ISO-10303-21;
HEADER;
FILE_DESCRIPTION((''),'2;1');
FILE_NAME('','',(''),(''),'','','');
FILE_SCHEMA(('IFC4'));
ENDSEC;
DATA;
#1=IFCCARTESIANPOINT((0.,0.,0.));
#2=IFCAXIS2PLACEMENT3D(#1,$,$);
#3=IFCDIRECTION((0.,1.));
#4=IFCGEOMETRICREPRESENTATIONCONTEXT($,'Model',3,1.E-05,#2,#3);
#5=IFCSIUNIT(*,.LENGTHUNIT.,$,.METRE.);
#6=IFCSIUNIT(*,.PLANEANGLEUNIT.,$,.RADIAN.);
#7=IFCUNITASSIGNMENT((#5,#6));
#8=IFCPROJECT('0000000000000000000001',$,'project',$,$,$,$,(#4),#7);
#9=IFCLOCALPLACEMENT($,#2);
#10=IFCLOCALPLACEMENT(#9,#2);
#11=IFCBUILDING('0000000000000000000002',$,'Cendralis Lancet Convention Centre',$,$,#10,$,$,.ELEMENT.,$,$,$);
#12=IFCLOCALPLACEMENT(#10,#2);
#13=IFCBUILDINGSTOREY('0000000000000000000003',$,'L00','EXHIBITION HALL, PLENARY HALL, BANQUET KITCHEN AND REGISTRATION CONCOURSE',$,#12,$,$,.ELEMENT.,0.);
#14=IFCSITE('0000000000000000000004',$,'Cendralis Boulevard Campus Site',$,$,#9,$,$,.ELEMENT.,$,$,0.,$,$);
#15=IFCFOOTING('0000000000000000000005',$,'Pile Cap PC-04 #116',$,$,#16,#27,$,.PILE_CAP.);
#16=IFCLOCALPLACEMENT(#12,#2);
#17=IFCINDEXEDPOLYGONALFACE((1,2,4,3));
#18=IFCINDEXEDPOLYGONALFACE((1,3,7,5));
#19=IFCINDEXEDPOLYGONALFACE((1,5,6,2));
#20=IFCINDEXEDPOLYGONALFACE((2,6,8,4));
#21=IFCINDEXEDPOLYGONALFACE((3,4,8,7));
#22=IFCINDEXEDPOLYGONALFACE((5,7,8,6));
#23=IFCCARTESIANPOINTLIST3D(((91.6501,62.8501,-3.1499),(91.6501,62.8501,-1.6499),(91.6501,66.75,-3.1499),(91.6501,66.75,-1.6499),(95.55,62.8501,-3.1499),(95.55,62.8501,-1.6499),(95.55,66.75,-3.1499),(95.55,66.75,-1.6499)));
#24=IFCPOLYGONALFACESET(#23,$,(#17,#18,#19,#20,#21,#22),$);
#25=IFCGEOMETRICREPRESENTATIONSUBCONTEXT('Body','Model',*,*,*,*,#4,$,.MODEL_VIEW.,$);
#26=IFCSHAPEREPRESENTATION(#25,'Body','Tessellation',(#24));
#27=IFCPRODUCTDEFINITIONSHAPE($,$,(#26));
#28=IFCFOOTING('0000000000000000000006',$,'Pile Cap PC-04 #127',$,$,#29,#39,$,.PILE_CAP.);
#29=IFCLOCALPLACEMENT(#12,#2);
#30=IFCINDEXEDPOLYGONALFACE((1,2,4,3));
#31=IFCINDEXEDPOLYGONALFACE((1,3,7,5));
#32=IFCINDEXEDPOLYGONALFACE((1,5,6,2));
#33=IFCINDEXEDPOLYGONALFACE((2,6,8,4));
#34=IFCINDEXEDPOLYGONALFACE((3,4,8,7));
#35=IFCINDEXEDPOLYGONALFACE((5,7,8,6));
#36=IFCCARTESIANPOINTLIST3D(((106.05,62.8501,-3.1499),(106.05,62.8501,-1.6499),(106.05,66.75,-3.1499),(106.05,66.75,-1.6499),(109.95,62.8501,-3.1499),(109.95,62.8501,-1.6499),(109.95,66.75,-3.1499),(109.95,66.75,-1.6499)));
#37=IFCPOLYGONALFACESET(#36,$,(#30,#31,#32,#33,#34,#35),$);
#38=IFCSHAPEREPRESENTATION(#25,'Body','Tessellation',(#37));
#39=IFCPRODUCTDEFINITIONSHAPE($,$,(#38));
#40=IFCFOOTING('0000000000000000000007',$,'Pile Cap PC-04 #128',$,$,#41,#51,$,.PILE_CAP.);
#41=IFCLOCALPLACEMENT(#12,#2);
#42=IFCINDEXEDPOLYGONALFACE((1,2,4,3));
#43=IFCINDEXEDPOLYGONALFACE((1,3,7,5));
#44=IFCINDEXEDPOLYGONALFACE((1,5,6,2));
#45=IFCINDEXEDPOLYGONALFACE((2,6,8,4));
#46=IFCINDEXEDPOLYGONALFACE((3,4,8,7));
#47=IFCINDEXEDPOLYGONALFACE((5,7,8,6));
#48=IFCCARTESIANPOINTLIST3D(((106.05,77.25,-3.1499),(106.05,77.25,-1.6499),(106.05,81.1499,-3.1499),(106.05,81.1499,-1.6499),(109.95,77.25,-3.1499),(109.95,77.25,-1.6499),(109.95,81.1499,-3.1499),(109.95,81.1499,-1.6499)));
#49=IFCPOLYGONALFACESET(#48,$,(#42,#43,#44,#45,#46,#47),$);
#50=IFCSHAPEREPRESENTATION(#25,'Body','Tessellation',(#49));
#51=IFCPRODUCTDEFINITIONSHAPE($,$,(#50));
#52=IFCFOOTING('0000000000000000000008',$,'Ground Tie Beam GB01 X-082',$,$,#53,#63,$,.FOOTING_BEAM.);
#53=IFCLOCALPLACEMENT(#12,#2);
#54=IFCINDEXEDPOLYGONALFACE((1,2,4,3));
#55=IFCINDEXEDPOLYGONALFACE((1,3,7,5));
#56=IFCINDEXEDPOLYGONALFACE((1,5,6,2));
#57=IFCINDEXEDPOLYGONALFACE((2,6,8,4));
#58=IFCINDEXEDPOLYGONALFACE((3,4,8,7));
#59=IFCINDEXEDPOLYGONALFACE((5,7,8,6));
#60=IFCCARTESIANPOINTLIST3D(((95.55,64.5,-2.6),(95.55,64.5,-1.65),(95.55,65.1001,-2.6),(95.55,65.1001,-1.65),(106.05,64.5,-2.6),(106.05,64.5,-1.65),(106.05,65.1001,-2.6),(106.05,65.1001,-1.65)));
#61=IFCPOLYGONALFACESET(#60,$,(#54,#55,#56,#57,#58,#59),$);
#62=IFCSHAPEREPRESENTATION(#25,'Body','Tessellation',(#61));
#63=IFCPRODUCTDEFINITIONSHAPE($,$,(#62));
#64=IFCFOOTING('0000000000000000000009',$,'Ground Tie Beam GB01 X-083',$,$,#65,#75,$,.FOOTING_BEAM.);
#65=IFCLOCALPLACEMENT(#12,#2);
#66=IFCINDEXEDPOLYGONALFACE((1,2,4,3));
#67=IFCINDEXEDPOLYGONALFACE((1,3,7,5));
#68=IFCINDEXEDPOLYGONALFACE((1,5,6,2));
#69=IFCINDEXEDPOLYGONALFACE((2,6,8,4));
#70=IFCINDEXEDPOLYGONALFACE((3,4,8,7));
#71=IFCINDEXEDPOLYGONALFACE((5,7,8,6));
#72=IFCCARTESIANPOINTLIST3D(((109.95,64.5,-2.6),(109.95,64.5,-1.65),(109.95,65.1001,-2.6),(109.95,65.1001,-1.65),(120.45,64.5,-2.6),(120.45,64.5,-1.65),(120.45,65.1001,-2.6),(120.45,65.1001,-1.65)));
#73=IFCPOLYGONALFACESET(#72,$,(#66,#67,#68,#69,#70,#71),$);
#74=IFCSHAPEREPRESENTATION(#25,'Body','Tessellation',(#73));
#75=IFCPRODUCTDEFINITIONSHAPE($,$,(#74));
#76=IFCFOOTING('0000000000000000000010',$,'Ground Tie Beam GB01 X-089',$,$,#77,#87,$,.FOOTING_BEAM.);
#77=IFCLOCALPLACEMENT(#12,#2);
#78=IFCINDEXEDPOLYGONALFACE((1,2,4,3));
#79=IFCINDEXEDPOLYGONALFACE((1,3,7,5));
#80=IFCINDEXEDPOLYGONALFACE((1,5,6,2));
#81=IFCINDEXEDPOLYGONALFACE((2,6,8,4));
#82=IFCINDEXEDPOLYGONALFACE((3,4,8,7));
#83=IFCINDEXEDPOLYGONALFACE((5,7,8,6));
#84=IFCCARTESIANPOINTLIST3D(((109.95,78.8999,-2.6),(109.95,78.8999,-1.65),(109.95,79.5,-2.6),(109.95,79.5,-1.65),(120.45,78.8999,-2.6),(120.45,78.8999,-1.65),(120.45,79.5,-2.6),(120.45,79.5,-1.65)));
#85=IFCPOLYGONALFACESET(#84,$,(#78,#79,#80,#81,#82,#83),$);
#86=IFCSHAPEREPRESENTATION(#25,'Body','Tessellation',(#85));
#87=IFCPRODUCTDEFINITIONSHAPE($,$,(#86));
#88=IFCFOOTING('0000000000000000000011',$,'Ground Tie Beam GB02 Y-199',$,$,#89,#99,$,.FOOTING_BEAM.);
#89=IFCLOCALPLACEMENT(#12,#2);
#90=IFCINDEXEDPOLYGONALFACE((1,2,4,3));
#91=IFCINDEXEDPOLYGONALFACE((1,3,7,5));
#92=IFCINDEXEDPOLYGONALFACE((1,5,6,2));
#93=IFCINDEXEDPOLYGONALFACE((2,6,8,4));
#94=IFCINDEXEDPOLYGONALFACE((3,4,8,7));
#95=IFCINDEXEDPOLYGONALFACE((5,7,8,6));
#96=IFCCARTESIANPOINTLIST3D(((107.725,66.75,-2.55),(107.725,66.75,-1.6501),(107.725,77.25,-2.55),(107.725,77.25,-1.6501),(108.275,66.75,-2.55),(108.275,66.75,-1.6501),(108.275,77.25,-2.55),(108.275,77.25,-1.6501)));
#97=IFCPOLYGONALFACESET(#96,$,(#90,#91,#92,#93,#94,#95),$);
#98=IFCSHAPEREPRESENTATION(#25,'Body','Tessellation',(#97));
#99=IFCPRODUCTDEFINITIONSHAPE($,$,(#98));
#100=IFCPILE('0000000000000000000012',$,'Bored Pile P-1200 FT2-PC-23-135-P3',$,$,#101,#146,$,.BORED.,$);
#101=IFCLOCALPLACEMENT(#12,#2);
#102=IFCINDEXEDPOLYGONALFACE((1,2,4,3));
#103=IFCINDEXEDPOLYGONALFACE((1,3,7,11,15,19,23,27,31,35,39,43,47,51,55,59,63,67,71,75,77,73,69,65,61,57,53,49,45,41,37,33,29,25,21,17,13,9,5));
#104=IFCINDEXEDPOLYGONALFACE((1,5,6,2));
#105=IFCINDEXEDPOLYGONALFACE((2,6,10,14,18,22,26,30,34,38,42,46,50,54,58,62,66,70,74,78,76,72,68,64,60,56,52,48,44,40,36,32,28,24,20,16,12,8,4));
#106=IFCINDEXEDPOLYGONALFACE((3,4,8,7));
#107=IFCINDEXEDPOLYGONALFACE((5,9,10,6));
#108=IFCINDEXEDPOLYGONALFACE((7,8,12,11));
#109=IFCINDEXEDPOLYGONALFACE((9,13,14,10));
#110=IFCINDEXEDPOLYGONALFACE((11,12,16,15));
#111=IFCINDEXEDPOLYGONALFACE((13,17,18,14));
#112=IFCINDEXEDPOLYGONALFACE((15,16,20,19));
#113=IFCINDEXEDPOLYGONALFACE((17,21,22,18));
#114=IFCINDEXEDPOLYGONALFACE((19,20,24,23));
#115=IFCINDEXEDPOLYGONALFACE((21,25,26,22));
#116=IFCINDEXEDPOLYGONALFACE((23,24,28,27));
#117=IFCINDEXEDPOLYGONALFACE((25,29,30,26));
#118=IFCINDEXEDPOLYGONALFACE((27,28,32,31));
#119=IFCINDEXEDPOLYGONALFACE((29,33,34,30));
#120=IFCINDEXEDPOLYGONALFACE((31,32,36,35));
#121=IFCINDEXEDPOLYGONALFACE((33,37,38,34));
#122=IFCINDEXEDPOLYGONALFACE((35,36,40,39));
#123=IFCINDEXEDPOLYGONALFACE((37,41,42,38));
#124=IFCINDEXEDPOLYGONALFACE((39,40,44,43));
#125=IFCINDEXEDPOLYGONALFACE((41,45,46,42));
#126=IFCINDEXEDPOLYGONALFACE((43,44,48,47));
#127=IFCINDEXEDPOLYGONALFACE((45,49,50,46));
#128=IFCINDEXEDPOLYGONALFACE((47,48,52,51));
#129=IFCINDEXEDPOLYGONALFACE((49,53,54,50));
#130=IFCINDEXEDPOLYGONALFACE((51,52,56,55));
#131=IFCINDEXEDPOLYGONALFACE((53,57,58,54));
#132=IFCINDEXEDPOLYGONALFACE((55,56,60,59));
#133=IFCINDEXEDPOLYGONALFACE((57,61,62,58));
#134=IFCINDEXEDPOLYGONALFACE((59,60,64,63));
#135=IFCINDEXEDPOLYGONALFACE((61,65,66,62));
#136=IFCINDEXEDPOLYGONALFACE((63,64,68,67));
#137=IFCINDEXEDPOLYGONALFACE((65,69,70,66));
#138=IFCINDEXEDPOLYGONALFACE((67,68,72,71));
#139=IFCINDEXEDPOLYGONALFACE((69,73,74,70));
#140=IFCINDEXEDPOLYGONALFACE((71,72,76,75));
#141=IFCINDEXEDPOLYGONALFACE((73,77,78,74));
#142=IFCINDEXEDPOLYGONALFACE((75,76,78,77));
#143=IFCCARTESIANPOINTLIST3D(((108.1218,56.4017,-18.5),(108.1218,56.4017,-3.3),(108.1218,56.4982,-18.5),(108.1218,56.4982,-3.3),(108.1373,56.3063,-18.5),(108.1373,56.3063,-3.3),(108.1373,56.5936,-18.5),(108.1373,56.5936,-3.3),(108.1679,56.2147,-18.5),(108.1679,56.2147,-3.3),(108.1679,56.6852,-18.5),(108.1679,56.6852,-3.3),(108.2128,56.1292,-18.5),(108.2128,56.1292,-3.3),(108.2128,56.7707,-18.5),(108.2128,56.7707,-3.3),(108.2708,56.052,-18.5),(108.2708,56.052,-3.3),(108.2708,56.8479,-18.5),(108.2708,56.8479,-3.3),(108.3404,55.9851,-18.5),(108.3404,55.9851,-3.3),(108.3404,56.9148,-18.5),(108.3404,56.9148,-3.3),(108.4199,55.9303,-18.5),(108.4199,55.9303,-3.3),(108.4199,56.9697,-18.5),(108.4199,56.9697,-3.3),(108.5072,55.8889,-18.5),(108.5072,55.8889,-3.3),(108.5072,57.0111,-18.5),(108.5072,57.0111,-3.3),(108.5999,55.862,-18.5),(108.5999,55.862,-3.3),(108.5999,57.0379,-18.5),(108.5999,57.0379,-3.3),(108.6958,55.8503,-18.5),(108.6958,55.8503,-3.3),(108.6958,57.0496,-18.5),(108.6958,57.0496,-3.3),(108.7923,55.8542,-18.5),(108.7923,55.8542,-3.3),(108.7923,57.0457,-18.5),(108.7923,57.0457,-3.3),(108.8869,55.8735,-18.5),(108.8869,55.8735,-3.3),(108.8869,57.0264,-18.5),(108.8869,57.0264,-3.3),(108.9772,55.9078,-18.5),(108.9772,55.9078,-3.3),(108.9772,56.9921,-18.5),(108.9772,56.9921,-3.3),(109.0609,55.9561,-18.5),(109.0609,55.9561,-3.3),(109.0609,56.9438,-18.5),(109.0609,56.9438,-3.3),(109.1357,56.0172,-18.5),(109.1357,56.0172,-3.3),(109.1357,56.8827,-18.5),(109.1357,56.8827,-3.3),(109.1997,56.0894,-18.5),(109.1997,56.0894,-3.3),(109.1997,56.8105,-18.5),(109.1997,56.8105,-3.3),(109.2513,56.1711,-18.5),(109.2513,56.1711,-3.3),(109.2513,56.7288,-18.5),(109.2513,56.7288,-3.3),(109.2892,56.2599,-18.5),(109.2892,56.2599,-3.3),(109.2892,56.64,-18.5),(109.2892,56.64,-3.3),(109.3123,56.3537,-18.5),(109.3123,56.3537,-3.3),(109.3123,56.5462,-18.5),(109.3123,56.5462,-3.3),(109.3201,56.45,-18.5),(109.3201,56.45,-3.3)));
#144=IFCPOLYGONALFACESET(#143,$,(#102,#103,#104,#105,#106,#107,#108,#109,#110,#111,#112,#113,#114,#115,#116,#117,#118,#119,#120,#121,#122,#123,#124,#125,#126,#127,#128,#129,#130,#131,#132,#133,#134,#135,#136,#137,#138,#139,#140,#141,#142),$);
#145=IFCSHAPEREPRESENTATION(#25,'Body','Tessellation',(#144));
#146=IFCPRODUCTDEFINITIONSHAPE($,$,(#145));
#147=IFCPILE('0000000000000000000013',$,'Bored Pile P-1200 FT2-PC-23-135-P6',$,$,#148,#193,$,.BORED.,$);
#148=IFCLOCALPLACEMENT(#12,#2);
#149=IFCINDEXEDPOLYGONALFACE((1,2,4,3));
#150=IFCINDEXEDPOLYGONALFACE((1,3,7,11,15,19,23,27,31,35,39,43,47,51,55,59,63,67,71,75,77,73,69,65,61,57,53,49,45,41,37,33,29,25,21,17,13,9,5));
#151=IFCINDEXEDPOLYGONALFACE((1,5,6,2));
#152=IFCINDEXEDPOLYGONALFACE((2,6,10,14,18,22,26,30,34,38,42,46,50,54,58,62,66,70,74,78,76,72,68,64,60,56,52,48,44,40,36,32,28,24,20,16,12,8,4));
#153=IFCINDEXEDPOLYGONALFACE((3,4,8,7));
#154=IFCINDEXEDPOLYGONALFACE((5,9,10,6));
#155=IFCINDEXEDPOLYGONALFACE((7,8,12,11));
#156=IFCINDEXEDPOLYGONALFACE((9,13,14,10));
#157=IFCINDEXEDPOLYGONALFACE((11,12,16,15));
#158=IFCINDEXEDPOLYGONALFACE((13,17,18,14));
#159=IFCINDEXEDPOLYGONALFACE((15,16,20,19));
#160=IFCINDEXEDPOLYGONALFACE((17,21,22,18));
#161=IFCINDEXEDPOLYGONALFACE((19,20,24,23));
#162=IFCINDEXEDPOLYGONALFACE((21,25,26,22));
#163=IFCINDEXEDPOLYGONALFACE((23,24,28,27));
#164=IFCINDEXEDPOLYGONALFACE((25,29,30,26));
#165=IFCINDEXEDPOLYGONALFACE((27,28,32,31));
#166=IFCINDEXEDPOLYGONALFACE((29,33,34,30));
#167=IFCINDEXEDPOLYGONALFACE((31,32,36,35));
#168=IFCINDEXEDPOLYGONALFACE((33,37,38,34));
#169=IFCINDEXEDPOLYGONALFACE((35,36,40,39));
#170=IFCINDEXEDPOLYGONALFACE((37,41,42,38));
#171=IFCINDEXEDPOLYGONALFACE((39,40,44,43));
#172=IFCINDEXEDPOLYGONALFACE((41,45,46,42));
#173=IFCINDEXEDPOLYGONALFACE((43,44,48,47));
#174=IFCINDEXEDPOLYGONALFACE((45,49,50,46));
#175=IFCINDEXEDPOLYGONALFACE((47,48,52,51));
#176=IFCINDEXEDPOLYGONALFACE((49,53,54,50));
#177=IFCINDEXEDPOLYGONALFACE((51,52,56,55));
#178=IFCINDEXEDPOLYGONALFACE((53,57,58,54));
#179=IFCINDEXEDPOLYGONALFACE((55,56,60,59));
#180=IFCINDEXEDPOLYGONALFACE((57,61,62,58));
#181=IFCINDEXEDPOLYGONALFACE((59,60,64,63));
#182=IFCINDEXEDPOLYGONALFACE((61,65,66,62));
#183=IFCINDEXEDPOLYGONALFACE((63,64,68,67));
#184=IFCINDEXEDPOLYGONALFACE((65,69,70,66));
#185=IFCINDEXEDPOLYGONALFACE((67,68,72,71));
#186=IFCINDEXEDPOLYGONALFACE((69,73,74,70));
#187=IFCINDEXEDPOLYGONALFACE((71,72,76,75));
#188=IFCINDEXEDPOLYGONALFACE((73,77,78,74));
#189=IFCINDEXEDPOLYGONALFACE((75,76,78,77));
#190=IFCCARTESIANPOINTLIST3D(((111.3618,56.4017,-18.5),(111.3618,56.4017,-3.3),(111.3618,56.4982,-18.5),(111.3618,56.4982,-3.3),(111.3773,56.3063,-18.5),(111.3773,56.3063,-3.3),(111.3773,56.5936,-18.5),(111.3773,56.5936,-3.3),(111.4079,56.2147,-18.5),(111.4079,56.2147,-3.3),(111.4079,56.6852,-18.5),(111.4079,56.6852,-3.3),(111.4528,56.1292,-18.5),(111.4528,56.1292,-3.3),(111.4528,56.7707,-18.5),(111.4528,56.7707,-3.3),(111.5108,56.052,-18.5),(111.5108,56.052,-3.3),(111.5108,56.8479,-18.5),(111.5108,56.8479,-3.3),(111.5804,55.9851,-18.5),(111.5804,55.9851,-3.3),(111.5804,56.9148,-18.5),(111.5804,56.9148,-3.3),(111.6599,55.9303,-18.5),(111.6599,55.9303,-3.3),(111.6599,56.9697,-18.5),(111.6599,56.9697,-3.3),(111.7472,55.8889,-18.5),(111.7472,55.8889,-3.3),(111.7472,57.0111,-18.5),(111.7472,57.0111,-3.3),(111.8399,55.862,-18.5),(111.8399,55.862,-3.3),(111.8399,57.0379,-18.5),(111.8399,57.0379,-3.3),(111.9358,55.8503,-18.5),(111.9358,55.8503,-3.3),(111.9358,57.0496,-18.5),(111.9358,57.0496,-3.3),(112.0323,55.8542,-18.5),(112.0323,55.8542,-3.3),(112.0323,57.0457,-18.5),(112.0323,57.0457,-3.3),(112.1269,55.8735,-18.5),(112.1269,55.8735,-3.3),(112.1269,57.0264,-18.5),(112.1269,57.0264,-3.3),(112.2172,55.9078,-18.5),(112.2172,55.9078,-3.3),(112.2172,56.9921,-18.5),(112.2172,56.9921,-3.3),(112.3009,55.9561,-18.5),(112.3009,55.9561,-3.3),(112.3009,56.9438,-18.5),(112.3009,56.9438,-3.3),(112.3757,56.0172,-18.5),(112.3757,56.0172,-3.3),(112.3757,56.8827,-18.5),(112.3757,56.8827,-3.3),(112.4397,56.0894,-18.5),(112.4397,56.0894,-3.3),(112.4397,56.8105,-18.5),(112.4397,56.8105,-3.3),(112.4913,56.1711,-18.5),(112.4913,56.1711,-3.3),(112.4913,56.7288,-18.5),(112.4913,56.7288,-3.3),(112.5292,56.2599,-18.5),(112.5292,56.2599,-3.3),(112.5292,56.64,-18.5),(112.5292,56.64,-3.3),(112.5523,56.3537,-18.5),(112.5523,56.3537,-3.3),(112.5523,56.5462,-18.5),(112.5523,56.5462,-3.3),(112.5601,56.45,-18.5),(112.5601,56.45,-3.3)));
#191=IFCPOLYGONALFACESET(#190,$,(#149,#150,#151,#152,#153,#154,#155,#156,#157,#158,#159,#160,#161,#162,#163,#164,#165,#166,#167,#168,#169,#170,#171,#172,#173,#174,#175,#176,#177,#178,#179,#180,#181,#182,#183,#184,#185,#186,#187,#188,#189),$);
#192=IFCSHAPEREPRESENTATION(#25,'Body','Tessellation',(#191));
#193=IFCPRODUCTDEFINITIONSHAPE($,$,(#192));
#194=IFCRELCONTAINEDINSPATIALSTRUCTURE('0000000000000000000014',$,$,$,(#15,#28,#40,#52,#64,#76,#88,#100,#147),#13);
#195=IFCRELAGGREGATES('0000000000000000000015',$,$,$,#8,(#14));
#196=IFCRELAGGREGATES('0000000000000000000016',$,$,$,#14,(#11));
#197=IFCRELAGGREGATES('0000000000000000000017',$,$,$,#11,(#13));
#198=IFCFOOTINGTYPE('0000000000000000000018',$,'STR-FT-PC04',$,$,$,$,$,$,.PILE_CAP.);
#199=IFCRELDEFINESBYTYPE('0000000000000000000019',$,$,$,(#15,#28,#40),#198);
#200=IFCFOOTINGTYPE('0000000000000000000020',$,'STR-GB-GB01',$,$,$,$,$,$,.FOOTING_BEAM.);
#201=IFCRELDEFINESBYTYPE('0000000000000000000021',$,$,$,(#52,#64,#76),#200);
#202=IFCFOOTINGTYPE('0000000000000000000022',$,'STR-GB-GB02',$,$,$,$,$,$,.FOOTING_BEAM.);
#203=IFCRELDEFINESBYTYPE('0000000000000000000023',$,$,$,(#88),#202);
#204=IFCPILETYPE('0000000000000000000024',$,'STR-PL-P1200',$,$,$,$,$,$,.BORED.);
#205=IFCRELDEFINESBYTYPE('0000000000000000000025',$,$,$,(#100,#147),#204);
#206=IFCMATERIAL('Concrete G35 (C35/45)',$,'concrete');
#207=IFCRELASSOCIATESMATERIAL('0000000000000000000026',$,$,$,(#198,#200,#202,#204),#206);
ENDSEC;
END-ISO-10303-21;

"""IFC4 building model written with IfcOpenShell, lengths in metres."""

from ifc_helpers import new_model, si_unit, direction, frame, origin, origin_2d, place, context, subcontext, project, spatial, rectangle, circle, extrude, material, material_profile, profile_set, type_object, element, save


model = new_model("IFC4")

# Units and contexts
model_context = context("Model", 3, precision=1e-05, world=origin(), true_north=direction((0.0, 1.0)))
body_context = subcontext(model_context, "Body", "Model", "MODEL_VIEW")
ifc_project = project(units=[si_unit("LENGTHUNIT", "METRE"), si_unit("PLANEANGLEUNIT", "RADIAN")], contexts=[model_context])

# Site, building, storey
site_placement = place(None, origin())
site = spatial("IfcSite", under=ifc_project, at=site_placement, Name="Cendralis Boulevard Campus Site", CompositionType="ELEMENT", RefElevation=0.0)
building_placement = place(site_placement, origin())
building = spatial("IfcBuilding", under=site, at=building_placement, Name="Cendralis Lancet Convention Centre", CompositionType="ELEMENT")
storey_placement = place(building_placement, origin())
storey = spatial("IfcBuildingStorey", under=building, at=storey_placement, Name="L00", Description="EXHIBITION HALL, PLENARY HALL, BANQUET KITCHEN AND REGISTRATION CONCOURSE", CompositionType="ELEMENT", Elevation=0.0)

# Footings
ifc_material_1 = material(Name="Concrete G35 (C35/45)", Category="concrete")
footing_type_1 = type_object("IfcFootingType", Name="STR-FT-PC04", PredefinedType="PILE_CAP", material=ifc_material_1)
for number, where, z_axis, x_axis, name in (
    (1, (93.6001, 64.8, -3.1499), (0.0, 0.0, 1.0), (1.0, 0.0, 0.0), "Pile Cap PC-04 #116"),
    (2, (108.0, 64.8, -3.1499), (0.0, 0.0, 1.0), (1.0, 0.0, 0.0), "Pile Cap PC-04 #127"),
    (3, (108.0, 79.2, -3.1499), (0.0, 0.0, 1.0), (1.0, 0.0, 0.0), "Pile Cap PC-04 #128"),
):
    element("IfcFooting", number, at=place(storey_placement, frame(where, z_axis=z_axis, x_axis=x_axis)), inside=storey, type_object=footing_type_1, Name=name, PredefinedType="PILE_CAP", context=body_context, shape_type="SweptSolid", body=[
        extrude(rectangle(XDim=3.8999, YDim=3.8999, at=origin_2d()), origin(), (0.0, 0.0, 1.0), 1.5),
    ])
ifc_material_profile_1 = material_profile(ifc_material_1, rectangle(XDim=0.6001, YDim=0.95, at=origin_2d()), Name="RCB 600x950")
ifc_profile_set_1 = profile_set([ifc_material_profile_1], Name="Concrete G35 (C35/45)")
footing_type_2 = type_object("IfcFootingType", Name="STR-GB-GB01", PredefinedType="FOOTING_BEAM", material=ifc_profile_set_1)
for number, where, z_axis, x_axis, name in (
    (4, (95.55, 64.8, -2.125), (1.0, 0.0, 0.0), (0.0, 1.0, 0.0), "Ground Tie Beam GB01 X-082"),
    (5, (109.95, 64.8, -2.125), (1.0, 0.0, 0.0), (0.0, 1.0, 0.0), "Ground Tie Beam GB01 X-083"),
    (6, (109.95, 79.2, -2.125), (1.0, 0.0, 0.0), (0.0, 1.0, 0.0), "Ground Tie Beam GB01 X-089"),
):
    element("IfcFooting", number, at=place(storey_placement, frame(where, z_axis=z_axis, x_axis=x_axis)), inside=storey, type_object=footing_type_2, Name=name, PredefinedType="FOOTING_BEAM", context=body_context, shape_type="SweptSolid", body=[
        extrude(rectangle(XDim=0.6001, YDim=0.95, at=origin_2d()), origin(), (0.0, 0.0, 1.0), 10.5),
    ])
ifc_material_profile_2 = material_profile(ifc_material_1, rectangle(XDim=0.55, YDim=0.8999, at=origin_2d()), Name="RCB 550x900")
ifc_profile_set_2 = profile_set([ifc_material_profile_2], Name="Concrete G35 (C35/45)")
footing_type_3 = type_object("IfcFootingType", Name="STR-GB-GB02", PredefinedType="FOOTING_BEAM", material=ifc_profile_set_2)
footing_placement = place(storey_placement, frame((108.0, 66.75, -2.1001), z_axis=(0.0, 1.0, 0.0), x_axis=(-1.0, 0.0, 0.0)))
element("IfcFooting", 7, at=footing_placement, inside=storey, type_object=footing_type_3, Name="Ground Tie Beam GB02 Y-199", PredefinedType="FOOTING_BEAM", context=body_context, shape_type="SweptSolid", body=[
    extrude(rectangle(XDim=0.55, YDim=0.8999, at=origin_2d()), origin(), (0.0, 0.0, 1.0), 10.5),
])

# Piles
ifc_material_profile_3 = material_profile(ifc_material_1, circle(Radius=0.6001, at=origin_2d()), Name="BORED PILE D1200")
ifc_profile_set_3 = profile_set([ifc_material_profile_3], Name="Concrete G35 (C35/45)")
pile_type_1 = type_object("IfcPileType", Name="STR-PL-P1200", PredefinedType="BORED", material=ifc_profile_set_3)
for number, where, z_axis, x_axis, name in (
    (8, (108.72, 56.45, -3.3), (0.0, 0.0, -1.0), (1.0, 0.0, 0.0), "Bored Pile P-1200 FT2-PC-23-135-P3"),
    (9, (111.96, 56.45, -3.3), (0.0, 0.0, -1.0), (1.0, 0.0, 0.0), "Bored Pile P-1200 FT2-PC-23-135-P6"),
):
    element("IfcPile", number, at=place(storey_placement, frame(where, z_axis=z_axis, x_axis=x_axis)), inside=storey, type_object=pile_type_1, Name=name, PredefinedType="BORED", context=body_context, shape_type="SweptSolid", body=[
        extrude(circle(Radius=0.6001, at=origin_2d()), origin(), (0.0, 0.0, 1.0), 15.2),
    ])

save(model, "model.ifc")
